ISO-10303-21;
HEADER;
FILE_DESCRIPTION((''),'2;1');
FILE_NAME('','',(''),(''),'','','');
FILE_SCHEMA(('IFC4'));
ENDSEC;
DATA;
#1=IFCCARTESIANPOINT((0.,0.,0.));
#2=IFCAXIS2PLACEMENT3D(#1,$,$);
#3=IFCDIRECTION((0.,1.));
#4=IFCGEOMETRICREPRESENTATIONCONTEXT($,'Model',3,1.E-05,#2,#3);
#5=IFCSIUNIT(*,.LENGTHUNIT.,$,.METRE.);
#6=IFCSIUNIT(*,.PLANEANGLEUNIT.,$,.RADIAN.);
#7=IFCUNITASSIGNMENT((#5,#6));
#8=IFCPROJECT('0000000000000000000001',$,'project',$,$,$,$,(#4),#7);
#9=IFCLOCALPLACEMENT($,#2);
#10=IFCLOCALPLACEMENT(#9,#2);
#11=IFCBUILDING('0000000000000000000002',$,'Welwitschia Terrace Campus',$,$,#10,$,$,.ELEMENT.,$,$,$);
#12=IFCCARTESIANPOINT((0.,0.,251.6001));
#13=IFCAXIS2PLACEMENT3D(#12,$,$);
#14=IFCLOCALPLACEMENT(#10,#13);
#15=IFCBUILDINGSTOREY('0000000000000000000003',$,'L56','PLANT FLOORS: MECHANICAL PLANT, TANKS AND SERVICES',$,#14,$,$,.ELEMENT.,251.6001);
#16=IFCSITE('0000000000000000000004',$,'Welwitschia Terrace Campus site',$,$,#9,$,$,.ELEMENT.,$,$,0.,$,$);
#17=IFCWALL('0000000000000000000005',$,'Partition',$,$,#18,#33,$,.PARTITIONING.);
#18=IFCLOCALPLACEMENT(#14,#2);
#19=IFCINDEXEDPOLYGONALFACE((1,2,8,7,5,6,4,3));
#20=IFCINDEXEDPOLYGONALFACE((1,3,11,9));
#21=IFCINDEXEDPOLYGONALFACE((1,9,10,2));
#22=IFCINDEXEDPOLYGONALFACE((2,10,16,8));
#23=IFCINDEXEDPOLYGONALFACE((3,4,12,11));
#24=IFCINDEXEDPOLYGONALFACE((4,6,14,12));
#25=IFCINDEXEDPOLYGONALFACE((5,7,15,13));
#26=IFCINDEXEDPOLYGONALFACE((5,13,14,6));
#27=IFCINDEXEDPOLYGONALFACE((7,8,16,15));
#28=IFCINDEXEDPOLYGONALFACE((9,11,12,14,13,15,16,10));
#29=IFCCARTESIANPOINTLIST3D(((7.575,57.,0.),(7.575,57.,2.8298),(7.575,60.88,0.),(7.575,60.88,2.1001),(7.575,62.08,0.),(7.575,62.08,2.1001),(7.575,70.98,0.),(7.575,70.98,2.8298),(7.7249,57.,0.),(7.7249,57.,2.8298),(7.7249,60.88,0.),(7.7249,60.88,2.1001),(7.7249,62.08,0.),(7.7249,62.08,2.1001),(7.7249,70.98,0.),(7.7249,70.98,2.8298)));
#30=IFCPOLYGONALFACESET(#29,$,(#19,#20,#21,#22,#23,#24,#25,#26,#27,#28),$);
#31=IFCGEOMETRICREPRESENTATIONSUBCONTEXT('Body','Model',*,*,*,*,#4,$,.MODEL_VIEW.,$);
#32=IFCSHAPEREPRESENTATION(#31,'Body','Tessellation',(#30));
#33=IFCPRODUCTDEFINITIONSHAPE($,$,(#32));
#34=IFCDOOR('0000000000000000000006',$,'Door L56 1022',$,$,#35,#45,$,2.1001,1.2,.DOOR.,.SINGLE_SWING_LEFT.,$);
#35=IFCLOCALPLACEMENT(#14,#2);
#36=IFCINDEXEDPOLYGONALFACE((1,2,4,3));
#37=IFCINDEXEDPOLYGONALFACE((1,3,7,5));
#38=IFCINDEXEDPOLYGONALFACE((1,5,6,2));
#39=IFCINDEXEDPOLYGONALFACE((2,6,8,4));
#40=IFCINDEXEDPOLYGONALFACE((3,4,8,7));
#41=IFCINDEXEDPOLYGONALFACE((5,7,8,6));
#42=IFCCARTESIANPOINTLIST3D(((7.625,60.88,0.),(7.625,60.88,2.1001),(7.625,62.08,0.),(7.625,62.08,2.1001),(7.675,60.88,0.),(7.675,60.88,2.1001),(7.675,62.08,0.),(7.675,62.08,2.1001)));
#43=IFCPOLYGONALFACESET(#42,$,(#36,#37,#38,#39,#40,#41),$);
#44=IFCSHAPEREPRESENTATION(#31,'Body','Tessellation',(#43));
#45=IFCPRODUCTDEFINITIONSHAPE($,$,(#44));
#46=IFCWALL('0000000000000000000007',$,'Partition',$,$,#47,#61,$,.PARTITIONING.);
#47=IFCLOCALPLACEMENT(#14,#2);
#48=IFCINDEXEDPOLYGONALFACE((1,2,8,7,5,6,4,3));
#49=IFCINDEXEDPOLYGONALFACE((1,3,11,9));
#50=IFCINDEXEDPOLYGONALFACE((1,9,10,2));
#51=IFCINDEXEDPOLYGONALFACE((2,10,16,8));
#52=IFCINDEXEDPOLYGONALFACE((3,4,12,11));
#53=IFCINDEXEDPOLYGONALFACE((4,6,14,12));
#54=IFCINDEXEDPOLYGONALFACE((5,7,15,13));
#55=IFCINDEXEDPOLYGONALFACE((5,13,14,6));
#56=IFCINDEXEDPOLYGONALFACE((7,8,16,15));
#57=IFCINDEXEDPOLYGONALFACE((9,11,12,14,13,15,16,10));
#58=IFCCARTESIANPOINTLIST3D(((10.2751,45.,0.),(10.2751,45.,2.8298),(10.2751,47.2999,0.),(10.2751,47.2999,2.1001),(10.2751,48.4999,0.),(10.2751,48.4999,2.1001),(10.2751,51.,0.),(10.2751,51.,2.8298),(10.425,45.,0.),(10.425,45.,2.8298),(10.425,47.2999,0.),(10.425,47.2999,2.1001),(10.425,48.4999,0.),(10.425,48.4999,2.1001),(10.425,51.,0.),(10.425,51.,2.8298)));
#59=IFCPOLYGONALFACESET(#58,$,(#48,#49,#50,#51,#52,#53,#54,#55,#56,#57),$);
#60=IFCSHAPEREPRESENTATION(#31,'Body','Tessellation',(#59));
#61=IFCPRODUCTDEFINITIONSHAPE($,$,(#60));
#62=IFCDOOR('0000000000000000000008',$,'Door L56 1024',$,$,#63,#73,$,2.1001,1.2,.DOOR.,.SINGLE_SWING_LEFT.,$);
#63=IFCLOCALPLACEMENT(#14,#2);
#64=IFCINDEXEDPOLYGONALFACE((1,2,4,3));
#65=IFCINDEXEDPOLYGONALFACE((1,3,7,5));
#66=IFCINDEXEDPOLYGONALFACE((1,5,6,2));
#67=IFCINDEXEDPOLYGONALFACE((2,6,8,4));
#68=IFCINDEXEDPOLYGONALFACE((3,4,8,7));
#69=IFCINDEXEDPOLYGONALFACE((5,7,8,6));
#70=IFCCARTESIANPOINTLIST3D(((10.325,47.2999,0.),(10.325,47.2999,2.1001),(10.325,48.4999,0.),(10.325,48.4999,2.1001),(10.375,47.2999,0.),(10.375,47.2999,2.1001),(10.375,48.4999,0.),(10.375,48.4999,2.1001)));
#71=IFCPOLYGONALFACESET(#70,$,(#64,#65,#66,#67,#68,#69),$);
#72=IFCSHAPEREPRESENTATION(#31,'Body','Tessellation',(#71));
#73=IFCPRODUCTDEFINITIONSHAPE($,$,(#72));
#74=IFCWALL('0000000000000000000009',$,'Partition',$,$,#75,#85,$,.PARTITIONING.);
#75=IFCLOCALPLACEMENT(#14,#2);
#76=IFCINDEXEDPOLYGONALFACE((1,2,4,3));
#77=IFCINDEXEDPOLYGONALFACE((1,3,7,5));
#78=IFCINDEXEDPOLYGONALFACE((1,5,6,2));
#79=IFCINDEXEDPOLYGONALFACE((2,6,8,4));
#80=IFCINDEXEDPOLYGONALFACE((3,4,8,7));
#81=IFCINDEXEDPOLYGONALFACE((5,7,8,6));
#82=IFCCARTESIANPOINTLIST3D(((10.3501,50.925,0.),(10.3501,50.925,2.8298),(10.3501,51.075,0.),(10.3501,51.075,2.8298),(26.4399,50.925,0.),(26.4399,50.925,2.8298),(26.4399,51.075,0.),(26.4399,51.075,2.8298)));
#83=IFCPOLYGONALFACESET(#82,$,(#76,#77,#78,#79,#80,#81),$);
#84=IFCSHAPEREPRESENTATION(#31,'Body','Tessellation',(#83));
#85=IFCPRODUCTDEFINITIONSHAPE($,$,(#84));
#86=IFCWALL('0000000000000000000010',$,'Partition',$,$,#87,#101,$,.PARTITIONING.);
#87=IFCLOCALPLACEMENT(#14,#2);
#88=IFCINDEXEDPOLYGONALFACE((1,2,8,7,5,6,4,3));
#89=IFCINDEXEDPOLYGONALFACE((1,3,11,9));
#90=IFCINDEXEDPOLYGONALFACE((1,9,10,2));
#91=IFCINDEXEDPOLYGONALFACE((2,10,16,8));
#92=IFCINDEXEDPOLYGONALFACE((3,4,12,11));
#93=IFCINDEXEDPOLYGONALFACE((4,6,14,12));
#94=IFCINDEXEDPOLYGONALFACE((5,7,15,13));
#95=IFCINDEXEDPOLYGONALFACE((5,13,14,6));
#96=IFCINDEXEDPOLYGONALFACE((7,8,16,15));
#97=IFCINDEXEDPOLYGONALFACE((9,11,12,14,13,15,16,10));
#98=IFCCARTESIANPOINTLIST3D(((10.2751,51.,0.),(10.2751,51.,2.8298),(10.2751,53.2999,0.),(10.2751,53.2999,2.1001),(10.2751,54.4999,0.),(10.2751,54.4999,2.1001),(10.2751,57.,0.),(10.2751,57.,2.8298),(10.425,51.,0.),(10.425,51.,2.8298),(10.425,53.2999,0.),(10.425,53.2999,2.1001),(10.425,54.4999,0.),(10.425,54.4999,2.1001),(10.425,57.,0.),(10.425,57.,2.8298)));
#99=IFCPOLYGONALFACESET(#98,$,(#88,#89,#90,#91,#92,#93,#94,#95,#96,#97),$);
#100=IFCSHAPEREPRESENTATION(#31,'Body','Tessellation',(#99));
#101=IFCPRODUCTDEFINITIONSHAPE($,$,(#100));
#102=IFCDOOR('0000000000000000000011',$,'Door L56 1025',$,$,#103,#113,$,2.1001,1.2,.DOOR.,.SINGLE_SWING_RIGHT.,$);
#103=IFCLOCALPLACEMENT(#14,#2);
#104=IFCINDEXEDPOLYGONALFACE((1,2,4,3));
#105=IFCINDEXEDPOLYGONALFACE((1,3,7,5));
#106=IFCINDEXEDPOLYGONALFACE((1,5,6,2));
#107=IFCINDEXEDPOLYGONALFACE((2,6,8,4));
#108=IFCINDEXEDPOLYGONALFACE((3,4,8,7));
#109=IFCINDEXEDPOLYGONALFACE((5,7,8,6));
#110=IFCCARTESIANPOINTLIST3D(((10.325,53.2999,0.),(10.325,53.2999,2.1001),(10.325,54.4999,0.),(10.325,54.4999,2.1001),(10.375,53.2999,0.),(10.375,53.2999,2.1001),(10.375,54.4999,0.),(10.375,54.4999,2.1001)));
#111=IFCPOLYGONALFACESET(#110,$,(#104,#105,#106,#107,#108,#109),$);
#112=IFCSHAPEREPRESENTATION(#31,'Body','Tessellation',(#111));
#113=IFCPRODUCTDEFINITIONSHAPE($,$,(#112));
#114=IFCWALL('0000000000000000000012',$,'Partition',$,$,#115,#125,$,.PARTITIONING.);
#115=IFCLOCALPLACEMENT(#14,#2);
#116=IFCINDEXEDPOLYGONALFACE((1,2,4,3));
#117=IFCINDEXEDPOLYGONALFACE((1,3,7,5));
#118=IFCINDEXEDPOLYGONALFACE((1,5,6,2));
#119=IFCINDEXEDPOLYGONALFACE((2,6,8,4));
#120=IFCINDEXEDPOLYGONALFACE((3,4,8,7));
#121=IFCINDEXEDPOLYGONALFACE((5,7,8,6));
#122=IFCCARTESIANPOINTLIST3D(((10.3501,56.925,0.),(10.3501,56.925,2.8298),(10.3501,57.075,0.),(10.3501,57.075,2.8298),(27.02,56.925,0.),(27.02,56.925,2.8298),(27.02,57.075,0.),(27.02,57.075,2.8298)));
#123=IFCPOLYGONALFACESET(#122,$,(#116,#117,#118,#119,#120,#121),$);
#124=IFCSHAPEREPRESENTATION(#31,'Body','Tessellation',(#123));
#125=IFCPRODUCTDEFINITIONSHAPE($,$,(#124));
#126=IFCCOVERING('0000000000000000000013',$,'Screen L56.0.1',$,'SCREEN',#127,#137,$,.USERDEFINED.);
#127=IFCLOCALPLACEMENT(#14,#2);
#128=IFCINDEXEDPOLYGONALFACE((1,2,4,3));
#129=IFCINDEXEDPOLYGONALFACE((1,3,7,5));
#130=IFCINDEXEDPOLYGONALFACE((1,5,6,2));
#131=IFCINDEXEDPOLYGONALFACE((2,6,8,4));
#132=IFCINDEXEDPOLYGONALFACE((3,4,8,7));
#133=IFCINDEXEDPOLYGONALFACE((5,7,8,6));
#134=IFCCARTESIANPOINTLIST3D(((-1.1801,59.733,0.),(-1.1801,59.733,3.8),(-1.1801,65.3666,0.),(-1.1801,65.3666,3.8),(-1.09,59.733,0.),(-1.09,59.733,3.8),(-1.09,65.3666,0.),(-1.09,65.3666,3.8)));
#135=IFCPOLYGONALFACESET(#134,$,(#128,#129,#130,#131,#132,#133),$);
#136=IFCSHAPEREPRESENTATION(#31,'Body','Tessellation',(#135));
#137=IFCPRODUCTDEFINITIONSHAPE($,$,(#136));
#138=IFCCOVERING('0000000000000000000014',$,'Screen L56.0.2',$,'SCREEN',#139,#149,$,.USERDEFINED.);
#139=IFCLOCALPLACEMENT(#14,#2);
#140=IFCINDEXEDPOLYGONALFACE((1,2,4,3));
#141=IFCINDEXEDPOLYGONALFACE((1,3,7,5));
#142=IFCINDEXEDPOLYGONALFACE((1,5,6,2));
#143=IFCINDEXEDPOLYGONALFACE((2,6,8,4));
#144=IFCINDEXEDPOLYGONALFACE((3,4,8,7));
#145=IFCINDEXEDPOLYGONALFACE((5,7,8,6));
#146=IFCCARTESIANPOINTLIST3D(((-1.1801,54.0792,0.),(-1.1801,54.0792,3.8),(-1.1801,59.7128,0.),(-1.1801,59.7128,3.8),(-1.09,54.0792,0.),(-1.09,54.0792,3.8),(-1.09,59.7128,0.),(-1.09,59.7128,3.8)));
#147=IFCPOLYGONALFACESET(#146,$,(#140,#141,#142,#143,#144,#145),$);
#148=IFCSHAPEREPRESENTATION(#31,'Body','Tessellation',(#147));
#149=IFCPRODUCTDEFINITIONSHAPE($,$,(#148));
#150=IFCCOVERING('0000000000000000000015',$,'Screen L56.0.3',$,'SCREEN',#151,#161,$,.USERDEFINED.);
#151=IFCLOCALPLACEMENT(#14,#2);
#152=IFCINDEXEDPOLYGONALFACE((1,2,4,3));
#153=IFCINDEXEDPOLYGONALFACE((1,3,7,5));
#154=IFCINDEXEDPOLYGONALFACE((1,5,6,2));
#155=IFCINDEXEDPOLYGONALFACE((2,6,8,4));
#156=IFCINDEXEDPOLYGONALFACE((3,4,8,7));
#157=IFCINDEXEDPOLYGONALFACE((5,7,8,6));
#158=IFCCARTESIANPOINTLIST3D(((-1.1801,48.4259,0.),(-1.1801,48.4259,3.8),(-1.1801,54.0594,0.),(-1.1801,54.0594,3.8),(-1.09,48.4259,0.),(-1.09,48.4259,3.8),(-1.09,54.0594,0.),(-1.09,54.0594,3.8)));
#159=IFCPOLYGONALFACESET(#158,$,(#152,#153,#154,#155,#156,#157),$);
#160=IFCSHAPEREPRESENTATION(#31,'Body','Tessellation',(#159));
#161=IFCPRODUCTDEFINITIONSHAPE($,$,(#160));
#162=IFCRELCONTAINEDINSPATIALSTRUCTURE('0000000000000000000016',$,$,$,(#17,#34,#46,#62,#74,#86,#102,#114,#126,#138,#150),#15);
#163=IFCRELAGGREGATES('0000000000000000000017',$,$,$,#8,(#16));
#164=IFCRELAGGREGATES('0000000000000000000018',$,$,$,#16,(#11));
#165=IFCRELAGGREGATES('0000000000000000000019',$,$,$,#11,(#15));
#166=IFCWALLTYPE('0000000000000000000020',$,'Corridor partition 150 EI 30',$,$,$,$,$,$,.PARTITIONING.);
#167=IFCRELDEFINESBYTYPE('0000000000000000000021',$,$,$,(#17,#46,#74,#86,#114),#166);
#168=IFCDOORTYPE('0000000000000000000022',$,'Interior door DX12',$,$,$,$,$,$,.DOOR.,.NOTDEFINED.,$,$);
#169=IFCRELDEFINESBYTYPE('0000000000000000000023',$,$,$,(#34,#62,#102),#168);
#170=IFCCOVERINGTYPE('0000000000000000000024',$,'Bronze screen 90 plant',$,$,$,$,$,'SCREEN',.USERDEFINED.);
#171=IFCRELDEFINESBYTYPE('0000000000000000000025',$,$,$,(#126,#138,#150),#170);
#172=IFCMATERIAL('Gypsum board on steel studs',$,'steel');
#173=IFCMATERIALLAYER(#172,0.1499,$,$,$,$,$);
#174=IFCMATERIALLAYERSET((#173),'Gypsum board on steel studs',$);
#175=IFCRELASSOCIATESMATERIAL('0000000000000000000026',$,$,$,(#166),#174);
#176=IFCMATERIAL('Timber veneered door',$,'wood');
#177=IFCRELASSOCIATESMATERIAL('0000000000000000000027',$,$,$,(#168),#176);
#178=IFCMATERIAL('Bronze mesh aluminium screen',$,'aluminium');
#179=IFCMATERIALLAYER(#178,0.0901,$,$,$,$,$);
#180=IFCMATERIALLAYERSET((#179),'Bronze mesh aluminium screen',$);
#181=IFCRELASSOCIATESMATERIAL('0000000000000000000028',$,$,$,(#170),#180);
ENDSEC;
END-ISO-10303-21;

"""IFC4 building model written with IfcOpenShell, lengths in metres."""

from ifc_helpers import new_model, si_unit, direction, frame, frame_2d, origin, origin_2d, place, context, subcontext, project, spatial, rectangle, extrude, material, layer, layer_set, type_object, element, fill, save


model = new_model("IFC4")

# Units and contexts
model_context = context("Model", 3, precision=1e-05, world=origin(), true_north=direction((0.0, 1.0)))
body_context = subcontext(model_context, "Body", "Model", "MODEL_VIEW")
ifc_project = project(units=[si_unit("LENGTHUNIT", "METRE"), si_unit("PLANEANGLEUNIT", "RADIAN")], contexts=[model_context])

# Site, building, storey
site_placement = place(None, origin())
site = spatial("IfcSite", under=ifc_project, at=site_placement, Name="Welwitschia Terrace Campus site", CompositionType="ELEMENT", RefElevation=0.0)
building_placement = place(site_placement, origin())
building = spatial("IfcBuilding", under=site, at=building_placement, Name="Welwitschia Terrace Campus", CompositionType="ELEMENT")
storey_placement = place(building_placement, frame((0.0, 0.0, 251.6001)))
storey = spatial("IfcBuildingStorey", under=building, at=storey_placement, Name="L56", Description="PLANT FLOORS: MECHANICAL PLANT, TANKS AND SERVICES", CompositionType="ELEMENT", Elevation=251.6001)

# Shared definitions
ifc_material_1 = material(Name="Gypsum board on steel studs", Category="steel")
ifc_layer_1 = layer(ifc_material_1, 0.1499)
ifc_layer_set_1 = layer_set([ifc_layer_1], Name="Gypsum board on steel studs")
wall_type = type_object("IfcWallType", Name="Corridor partition 150 EI 30", PredefinedType="PARTITIONING", material=ifc_layer_set_1)

# Walls, openings, doors
wall_1_placement = place(storey_placement, frame((7.6499, 57.0, 0.0), z_axis=(0.0, 0.0, 1.0), x_axis=(0.0, 1.0, 0.0)))
wall_1 = element("IfcWall", 1, at=wall_1_placement, inside=storey, type_object=wall_type, Name="Partition", PredefinedType="PARTITIONING", context=body_context, shape_type="SweptSolid", body=[
    extrude(rectangle(XDim=13.98, YDim=0.1499, at=frame_2d((6.99, 0.0))), origin(), (0.0, 0.0, 1.0), 2.8298),
])
opening_1_placement = place(wall_1_placement, frame((3.8799, 0.0, 0.0)))
opening_1 = element("IfcOpeningElement", 2, at=opening_1_placement, cuts=wall_1, PredefinedType="OPENING", context=body_context, shape_type="SweptSolid", body=[
    extrude(rectangle(XDim=1.2, YDim=2.1001, at=frame_2d((0.6001, 1.05))), frame((0.0, 0.085, 0.0), z_axis=(0.0, -1.0, 0.0), x_axis=(1.0, 0.0, 0.0)), (0.0, 0.0, 1.0), 0.1699),
])
ifc_material_2 = material(Name="Timber veneered door", Category="wood")
door_type = type_object("IfcDoorType", Name="Interior door DX12", OperationType="NOTDEFINED", PredefinedType="DOOR", material=ifc_material_2)
door_1_placement = place(opening_1_placement, origin())
door_1 = element("IfcDoor", 3, at=door_1_placement, inside=storey, type_object=door_type, Name="Door L56 1022", OperationType="SINGLE_SWING_LEFT", OverallHeight=2.1001, OverallWidth=1.2, PredefinedType="DOOR", context=body_context, shape_type="SweptSolid", body=[
    extrude(rectangle(XDim=1.2, YDim=2.1001, at=frame_2d((0.6001, 1.05))), frame((0.0, 0.0249, 0.0), z_axis=(0.0, -1.0, 0.0), x_axis=(1.0, 0.0, 0.0)), (0.0, 0.0, 1.0), 0.05),
])
fill(opening_1, door_1)
wall_2_placement = place(storey_placement, frame((10.3501, 51.0, 0.0), z_axis=(0.0, 0.0, 1.0), x_axis=(0.0, -1.0, 0.0)))
wall_2 = element("IfcWall", 4, at=wall_2_placement, inside=storey, type_object=wall_type, Name="Partition", PredefinedType="PARTITIONING", context=body_context, shape_type="SweptSolid", body=[
    extrude(rectangle(XDim=6.0, YDim=0.1499, at=frame_2d((3.0, 0.0))), origin(), (0.0, 0.0, 1.0), 2.8298),
])
opening_2_placement = place(wall_2_placement, frame((2.5, 0.0, 0.0)))
opening_2 = element("IfcOpeningElement", 5, at=opening_2_placement, cuts=wall_2, PredefinedType="OPENING", context=body_context, shape_type="SweptSolid", body=[
    extrude(rectangle(XDim=1.2, YDim=2.1001, at=frame_2d((0.6001, 1.05))), frame((0.0, 0.085, 0.0), z_axis=(0.0, -1.0, 0.0), x_axis=(1.0, 0.0, 0.0)), (0.0, 0.0, 1.0), 0.1699),
])
door_2_placement = place(opening_2_placement, origin())
door_2 = element("IfcDoor", 6, at=door_2_placement, inside=storey, type_object=door_type, Name="Door L56 1024", OperationType="SINGLE_SWING_LEFT", OverallHeight=2.1001, OverallWidth=1.2, PredefinedType="DOOR", context=body_context, shape_type="SweptSolid", body=[
    extrude(rectangle(XDim=1.2, YDim=2.1001, at=frame_2d((0.6001, 1.05))), frame((0.0, 0.0249, 0.0), z_axis=(0.0, -1.0, 0.0), x_axis=(1.0, 0.0, 0.0)), (0.0, 0.0, 1.0), 0.05),
])
fill(opening_2, door_2)

# Wall
wall_3_placement = place(storey_placement, frame((10.3501, 51.0, 0.0), z_axis=(0.0, 0.0, 1.0), x_axis=(1.0, 0.0, 0.0)))
element("IfcWall", 7, at=wall_3_placement, inside=storey, type_object=wall_type, Name="Partition", PredefinedType="PARTITIONING", context=body_context, shape_type="SweptSolid", body=[
    extrude(rectangle(XDim=16.0898, YDim=0.1499, at=frame_2d((8.0449, 0.0))), origin(), (0.0, 0.0, 1.0), 2.8298),
])

# Wall, opening, door
wall_4_placement = place(storey_placement, frame((10.3501, 57.0, 0.0), z_axis=(0.0, 0.0, 1.0), x_axis=(0.0, -1.0, 0.0)))
wall_4 = element("IfcWall", 8, at=wall_4_placement, inside=storey, type_object=wall_type, Name="Partition", PredefinedType="PARTITIONING", context=body_context, shape_type="SweptSolid", body=[
    extrude(rectangle(XDim=6.0, YDim=0.1499, at=frame_2d((3.0, 0.0))), origin(), (0.0, 0.0, 1.0), 2.8298),
])
opening_3_placement = place(wall_4_placement, frame((2.5, 0.0, 0.0)))
opening_3 = element("IfcOpeningElement", 9, at=opening_3_placement, cuts=wall_4, PredefinedType="OPENING", context=body_context, shape_type="SweptSolid", body=[
    extrude(rectangle(XDim=1.2, YDim=2.1001, at=frame_2d((0.6001, 1.05))), frame((0.0, 0.085, 0.0), z_axis=(0.0, -1.0, 0.0), x_axis=(1.0, 0.0, 0.0)), (0.0, 0.0, 1.0), 0.1699),
])
door_3_placement = place(opening_3_placement, origin())
door_3 = element("IfcDoor", 10, at=door_3_placement, inside=storey, type_object=door_type, Name="Door L56 1025", OperationType="SINGLE_SWING_RIGHT", OverallHeight=2.1001, OverallWidth=1.2, PredefinedType="DOOR", context=body_context, shape_type="SweptSolid", body=[
    extrude(rectangle(XDim=1.2, YDim=2.1001, at=frame_2d((0.6001, 1.05))), frame((0.0, 0.0249, 0.0), z_axis=(0.0, -1.0, 0.0), x_axis=(1.0, 0.0, 0.0)), (0.0, 0.0, 1.0), 0.05),
])
fill(opening_3, door_3)

# Wall
wall_5_placement = place(storey_placement, frame((10.3501, 57.0, 0.0), z_axis=(0.0, 0.0, 1.0), x_axis=(1.0, 0.0, 0.0)))
element("IfcWall", 11, at=wall_5_placement, inside=storey, type_object=wall_type, Name="Partition", PredefinedType="PARTITIONING", context=body_context, shape_type="SweptSolid", body=[
    extrude(rectangle(XDim=16.6699, YDim=0.1499, at=frame_2d((8.335, 0.0))), origin(), (0.0, 0.0, 1.0), 2.8298),
])

# Coverings
ifc_material_3 = material(Name="Bronze mesh aluminium screen", Category="aluminium")
ifc_layer_2 = layer(ifc_material_3, 0.0901)
ifc_layer_set_2 = layer_set([ifc_layer_2], Name="Bronze mesh aluminium screen")
covering_type = type_object("IfcCoveringType", Name="Bronze screen 90 plant", ElementType="SCREEN", PredefinedType="USERDEFINED", material=ifc_layer_set_2)
for number, where, z_axis, x_axis, name in (
    (12, (-1.135, 62.5498, 0.0), (0.0, 0.0, 1.0), (0.0, -1.0, 0.0), "Screen L56.0.1"),
    (13, (-1.135, 56.896, 0.0), (0.0, 0.0, 1.0), (0.0, -1.0, 0.0), "Screen L56.0.2"),
    (14, (-1.135, 51.2427, 0.0), (0.0, 0.0, 1.0), (0.0, -1.0, 0.0), "Screen L56.0.3"),
):
    element("IfcCovering", number, at=place(storey_placement, frame(where, z_axis=z_axis, x_axis=x_axis)), inside=storey, type_object=covering_type, Name=name, ObjectType="SCREEN", PredefinedType="USERDEFINED", context=body_context, shape_type="SweptSolid", body=[
        extrude(rectangle(XDim=5.6335, YDim=0.0901, at=origin_2d()), origin(), (0.0, 0.0, 1.0), 3.8),
    ])

save(model, "model.ifc")
